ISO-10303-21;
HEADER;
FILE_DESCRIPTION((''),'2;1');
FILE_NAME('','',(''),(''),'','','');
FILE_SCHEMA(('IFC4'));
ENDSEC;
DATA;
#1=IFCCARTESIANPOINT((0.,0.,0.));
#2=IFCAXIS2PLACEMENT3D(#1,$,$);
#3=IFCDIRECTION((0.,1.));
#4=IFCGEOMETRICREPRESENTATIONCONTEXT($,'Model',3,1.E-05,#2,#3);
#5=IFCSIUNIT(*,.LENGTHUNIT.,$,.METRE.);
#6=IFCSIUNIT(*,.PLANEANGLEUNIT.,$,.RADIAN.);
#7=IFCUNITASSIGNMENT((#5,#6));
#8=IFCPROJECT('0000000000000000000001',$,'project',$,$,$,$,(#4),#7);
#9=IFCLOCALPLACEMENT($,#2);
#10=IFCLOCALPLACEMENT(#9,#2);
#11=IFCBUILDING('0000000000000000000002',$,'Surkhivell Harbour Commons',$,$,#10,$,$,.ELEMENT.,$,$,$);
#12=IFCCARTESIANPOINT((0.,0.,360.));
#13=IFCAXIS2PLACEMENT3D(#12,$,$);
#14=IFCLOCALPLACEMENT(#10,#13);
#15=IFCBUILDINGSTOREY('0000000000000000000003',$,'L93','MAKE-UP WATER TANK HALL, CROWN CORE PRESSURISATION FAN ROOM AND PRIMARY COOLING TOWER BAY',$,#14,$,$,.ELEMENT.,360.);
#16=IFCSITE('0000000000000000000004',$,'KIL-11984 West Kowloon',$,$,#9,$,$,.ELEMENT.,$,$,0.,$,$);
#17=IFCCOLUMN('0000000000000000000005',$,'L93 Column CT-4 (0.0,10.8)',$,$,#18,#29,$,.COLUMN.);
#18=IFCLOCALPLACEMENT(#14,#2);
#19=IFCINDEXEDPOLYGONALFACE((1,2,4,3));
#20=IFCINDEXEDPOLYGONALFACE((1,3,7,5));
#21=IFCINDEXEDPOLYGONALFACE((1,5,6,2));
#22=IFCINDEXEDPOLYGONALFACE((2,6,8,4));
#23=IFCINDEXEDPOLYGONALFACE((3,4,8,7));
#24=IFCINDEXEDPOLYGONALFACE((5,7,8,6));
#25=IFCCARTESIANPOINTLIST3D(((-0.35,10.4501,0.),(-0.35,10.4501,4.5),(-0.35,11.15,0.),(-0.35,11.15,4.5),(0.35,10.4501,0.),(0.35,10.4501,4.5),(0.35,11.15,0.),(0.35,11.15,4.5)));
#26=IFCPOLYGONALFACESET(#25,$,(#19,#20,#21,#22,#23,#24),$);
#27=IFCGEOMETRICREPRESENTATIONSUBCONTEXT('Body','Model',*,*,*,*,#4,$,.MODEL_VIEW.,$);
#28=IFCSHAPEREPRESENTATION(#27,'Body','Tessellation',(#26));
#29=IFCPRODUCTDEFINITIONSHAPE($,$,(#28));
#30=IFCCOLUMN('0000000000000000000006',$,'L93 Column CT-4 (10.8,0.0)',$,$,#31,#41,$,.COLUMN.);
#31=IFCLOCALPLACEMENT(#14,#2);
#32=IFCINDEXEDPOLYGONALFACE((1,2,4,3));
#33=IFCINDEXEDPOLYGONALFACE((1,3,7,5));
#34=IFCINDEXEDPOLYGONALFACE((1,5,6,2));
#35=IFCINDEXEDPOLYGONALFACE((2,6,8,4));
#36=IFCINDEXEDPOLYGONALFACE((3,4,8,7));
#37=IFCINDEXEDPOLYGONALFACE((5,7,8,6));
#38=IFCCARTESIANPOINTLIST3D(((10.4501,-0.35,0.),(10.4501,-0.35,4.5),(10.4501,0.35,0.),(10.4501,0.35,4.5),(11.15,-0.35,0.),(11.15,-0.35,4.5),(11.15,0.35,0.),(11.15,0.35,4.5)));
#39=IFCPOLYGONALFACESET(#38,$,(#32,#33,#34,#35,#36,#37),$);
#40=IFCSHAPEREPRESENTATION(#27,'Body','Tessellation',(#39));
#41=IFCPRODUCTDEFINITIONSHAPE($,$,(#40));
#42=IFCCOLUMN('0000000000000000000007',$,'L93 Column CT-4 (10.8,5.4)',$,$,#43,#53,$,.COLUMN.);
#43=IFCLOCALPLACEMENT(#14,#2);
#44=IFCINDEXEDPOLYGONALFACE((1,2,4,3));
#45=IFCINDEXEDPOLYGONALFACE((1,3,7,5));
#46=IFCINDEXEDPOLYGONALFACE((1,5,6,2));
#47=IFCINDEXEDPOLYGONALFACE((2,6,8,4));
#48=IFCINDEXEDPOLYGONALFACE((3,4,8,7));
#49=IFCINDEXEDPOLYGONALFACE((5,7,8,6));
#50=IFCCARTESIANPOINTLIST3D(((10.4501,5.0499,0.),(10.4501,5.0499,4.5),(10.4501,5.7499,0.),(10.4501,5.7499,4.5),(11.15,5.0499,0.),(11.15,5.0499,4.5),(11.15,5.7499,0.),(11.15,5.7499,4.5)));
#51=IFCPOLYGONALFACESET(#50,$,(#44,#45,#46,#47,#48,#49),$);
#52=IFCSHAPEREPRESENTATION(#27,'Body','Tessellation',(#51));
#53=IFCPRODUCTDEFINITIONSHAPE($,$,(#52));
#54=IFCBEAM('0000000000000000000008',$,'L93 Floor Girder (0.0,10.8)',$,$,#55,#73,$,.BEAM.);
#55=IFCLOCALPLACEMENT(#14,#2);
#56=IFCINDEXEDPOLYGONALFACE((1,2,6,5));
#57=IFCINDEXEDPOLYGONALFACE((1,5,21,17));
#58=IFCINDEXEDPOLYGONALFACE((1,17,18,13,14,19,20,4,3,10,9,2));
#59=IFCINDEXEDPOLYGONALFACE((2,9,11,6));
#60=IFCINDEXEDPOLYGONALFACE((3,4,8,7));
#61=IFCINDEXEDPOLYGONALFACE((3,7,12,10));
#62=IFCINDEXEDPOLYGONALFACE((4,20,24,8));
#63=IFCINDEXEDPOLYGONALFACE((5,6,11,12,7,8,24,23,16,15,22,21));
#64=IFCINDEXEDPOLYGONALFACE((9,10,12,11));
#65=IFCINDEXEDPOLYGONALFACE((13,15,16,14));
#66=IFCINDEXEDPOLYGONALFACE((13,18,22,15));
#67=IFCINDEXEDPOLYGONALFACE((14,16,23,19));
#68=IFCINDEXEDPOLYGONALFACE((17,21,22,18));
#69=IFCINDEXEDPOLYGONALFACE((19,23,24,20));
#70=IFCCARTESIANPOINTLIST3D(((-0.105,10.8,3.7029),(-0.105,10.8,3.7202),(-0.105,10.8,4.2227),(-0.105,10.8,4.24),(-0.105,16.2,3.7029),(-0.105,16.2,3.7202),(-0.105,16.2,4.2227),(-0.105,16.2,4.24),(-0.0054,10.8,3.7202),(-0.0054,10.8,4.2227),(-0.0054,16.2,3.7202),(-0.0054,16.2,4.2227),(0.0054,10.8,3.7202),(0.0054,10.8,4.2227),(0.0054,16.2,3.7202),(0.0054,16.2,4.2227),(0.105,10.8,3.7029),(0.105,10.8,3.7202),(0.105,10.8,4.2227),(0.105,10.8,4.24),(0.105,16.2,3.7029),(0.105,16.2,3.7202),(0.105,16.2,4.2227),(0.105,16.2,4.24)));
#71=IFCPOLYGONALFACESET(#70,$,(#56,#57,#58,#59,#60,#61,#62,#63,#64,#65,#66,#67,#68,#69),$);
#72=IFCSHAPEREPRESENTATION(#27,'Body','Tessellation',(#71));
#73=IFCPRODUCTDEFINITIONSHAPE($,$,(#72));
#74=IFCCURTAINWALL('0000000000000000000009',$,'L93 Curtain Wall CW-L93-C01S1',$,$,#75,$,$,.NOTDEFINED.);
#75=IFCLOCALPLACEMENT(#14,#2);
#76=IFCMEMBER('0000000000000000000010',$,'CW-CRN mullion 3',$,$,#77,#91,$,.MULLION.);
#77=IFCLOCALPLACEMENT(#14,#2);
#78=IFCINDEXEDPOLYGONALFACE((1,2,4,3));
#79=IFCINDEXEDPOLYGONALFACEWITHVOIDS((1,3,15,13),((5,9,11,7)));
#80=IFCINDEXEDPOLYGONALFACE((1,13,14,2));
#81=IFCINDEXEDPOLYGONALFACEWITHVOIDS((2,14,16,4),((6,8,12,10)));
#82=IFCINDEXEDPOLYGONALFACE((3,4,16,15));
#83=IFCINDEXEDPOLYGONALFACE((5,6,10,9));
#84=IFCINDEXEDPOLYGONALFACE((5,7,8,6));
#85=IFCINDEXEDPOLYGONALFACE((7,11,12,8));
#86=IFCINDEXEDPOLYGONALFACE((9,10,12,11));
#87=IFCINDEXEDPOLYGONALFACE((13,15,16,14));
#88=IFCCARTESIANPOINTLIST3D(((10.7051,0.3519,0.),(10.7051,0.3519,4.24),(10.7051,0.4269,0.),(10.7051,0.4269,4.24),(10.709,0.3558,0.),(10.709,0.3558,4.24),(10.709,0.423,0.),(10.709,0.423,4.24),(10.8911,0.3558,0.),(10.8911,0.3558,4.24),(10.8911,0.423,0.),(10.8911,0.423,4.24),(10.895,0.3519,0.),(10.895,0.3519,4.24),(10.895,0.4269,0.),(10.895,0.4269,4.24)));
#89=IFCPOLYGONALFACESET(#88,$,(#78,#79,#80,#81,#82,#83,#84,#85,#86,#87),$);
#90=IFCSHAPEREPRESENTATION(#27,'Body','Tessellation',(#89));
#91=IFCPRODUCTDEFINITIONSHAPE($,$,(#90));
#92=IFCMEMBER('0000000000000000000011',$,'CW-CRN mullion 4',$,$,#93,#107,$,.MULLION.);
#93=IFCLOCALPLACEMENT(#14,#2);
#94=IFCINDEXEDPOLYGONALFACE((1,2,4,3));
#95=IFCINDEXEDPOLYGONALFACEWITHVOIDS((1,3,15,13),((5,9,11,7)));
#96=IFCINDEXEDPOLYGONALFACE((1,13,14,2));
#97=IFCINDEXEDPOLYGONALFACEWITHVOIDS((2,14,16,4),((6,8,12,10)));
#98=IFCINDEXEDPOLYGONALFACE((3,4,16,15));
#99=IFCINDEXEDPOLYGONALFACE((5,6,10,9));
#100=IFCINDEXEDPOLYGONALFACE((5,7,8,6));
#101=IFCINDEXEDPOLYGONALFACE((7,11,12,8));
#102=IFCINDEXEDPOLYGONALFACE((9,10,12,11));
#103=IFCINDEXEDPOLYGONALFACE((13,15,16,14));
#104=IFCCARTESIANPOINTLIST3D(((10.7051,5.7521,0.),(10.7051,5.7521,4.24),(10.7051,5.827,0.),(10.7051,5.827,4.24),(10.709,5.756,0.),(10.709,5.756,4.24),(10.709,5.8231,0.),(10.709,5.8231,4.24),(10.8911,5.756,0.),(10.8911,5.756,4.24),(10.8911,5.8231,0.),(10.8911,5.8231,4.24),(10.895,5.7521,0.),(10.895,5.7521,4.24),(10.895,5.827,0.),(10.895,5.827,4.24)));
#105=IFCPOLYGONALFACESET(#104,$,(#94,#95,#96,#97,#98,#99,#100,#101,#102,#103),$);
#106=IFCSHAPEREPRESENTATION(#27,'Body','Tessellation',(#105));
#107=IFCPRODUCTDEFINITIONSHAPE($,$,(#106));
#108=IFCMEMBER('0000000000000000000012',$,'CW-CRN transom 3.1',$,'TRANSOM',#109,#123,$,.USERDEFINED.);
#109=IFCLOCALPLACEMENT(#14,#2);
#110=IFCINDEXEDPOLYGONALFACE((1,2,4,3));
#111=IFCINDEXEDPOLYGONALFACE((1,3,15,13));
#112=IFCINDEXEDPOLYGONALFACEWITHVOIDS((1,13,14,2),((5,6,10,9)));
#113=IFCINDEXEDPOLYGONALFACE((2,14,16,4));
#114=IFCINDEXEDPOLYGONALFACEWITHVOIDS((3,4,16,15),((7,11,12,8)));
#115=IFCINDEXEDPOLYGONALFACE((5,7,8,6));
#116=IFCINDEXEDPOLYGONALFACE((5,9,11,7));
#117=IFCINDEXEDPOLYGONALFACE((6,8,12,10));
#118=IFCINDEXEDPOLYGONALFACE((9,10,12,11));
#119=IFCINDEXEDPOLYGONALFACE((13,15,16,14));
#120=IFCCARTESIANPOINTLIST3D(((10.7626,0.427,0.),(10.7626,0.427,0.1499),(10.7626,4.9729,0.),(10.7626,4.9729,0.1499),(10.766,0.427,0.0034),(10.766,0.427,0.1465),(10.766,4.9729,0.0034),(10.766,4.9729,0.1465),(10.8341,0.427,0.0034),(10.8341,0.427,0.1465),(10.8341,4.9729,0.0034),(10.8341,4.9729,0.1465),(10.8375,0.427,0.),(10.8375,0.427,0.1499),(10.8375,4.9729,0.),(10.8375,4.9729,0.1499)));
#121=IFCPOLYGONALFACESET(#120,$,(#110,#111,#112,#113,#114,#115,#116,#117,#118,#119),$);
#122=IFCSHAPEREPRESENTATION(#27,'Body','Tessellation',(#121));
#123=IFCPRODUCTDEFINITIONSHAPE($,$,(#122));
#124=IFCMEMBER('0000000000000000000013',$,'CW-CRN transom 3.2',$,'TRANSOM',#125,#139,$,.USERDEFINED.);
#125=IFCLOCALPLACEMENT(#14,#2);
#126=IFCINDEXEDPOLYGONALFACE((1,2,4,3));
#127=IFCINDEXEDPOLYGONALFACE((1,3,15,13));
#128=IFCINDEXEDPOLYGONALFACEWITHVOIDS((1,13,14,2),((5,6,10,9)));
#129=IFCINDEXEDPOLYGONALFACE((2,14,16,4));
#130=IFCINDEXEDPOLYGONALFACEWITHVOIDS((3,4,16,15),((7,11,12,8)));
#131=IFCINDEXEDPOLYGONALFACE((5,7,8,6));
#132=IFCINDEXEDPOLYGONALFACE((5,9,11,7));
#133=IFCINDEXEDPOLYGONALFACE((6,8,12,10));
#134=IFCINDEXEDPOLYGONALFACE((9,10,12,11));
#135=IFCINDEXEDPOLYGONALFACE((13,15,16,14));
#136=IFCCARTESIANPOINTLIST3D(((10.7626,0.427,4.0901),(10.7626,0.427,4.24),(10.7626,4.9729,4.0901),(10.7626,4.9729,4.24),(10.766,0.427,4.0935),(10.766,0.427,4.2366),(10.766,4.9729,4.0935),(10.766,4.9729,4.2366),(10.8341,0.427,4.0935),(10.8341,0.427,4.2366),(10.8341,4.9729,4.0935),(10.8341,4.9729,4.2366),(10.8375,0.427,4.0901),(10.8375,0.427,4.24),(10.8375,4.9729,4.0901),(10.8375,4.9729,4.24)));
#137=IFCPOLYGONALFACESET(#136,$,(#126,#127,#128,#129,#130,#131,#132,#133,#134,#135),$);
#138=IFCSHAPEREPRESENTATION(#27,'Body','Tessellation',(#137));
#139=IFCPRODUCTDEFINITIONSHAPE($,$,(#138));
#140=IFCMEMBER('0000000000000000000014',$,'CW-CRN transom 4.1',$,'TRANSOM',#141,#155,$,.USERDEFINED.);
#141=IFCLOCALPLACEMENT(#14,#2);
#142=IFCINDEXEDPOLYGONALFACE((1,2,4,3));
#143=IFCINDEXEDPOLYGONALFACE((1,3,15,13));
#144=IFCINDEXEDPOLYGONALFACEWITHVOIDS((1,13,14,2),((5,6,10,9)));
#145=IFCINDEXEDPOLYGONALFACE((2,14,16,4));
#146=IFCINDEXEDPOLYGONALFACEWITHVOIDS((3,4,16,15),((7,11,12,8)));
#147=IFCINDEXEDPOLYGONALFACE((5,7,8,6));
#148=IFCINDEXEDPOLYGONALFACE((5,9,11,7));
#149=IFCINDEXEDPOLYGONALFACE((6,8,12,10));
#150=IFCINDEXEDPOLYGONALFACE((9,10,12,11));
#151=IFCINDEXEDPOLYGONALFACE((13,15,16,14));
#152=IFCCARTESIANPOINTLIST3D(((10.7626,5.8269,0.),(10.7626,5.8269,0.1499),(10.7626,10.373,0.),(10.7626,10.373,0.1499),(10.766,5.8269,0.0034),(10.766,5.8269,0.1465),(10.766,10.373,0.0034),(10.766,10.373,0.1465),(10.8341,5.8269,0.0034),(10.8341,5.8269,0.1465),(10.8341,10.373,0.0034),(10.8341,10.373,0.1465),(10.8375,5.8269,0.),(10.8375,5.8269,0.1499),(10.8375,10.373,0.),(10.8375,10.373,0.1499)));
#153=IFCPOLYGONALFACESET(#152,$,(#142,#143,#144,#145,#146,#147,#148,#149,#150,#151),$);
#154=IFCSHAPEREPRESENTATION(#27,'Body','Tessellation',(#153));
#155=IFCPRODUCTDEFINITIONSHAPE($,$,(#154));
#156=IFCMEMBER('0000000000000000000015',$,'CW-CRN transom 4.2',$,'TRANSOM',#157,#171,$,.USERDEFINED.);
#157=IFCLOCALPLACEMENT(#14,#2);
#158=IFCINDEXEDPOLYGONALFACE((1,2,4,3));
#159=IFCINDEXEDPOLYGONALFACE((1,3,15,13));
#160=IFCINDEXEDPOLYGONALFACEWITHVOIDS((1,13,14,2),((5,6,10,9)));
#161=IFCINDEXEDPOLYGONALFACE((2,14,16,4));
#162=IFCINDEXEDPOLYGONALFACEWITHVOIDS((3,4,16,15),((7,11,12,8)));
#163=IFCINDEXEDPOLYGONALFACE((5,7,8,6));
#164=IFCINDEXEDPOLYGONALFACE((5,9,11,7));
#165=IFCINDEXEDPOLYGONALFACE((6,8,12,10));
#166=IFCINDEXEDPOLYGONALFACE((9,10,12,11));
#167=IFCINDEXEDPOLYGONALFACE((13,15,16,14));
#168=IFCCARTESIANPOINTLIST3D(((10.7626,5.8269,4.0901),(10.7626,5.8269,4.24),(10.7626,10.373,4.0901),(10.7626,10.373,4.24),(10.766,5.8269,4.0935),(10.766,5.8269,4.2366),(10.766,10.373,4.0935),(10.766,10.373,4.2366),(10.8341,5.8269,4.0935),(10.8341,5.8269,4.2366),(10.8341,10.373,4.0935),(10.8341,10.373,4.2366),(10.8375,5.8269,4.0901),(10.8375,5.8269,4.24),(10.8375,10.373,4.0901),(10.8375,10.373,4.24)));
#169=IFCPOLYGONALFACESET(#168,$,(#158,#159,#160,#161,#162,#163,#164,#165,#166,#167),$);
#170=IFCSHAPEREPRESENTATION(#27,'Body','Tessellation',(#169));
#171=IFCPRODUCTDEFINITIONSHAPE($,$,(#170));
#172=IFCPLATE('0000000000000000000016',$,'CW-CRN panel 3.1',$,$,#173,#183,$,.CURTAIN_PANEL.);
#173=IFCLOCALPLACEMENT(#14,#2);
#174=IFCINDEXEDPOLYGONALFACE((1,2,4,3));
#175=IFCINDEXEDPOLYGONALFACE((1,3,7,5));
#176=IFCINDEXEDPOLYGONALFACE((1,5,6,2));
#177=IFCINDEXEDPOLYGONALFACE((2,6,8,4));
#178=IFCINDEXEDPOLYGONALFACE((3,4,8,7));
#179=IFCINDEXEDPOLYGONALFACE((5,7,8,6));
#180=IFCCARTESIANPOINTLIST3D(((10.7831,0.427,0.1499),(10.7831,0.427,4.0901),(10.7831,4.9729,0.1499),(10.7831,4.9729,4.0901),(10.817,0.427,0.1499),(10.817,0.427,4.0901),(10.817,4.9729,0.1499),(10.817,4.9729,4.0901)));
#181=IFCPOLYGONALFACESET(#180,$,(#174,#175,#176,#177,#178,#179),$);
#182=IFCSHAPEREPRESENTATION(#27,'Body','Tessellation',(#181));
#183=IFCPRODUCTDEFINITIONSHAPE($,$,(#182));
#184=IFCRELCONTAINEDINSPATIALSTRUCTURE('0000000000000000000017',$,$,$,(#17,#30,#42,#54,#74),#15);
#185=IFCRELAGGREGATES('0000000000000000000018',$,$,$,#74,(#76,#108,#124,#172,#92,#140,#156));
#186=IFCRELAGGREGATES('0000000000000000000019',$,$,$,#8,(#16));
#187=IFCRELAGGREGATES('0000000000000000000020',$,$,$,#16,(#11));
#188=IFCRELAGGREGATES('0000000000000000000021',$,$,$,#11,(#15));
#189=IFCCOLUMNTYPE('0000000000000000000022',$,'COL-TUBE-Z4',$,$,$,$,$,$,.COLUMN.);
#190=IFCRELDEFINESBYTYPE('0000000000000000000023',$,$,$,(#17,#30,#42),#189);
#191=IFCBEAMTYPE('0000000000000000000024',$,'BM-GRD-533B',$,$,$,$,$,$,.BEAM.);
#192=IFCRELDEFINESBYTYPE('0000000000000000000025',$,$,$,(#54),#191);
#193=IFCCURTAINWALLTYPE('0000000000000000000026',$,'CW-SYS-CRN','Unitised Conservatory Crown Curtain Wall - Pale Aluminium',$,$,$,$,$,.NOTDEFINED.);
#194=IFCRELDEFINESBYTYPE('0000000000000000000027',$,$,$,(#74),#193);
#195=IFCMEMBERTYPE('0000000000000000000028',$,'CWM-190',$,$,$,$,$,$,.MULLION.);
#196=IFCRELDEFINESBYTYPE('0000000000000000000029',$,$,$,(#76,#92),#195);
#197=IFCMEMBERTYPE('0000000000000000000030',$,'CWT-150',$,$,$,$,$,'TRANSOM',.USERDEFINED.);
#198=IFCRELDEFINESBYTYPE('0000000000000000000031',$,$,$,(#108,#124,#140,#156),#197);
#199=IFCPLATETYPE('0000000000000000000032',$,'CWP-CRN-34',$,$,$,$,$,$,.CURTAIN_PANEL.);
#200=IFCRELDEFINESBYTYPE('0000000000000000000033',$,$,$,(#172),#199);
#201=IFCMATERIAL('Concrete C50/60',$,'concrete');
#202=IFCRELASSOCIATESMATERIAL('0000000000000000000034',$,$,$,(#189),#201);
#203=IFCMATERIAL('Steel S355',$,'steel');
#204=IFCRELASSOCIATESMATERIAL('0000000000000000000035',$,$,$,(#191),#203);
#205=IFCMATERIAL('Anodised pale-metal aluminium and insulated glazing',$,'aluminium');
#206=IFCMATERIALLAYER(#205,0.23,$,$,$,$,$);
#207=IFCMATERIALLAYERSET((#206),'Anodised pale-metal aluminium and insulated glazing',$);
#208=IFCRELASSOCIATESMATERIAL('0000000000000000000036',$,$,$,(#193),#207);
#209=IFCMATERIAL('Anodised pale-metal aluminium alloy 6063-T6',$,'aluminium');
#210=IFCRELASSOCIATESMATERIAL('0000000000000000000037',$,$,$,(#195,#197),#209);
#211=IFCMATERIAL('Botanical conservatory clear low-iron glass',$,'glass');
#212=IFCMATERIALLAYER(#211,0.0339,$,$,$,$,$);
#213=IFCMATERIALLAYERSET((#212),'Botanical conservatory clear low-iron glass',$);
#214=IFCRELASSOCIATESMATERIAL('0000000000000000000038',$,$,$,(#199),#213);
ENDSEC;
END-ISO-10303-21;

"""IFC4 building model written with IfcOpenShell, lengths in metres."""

from ifc_helpers import new_model, si_unit, direction, frame, frame_2d, origin, origin_2d, place, context, subcontext, project, spatial, rectangle, hollow_rectangle, i_section, extrude, material, layer, layer_set, material_profile, profile_set, type_object, element, aggregate, save


model = new_model("IFC4")

# Units and contexts
model_context = context("Model", 3, precision=1e-05, world=origin(), true_north=direction((0.0, 1.0)))
body_context = subcontext(model_context, "Body", "Model", "MODEL_VIEW")
ifc_project = project(units=[si_unit("LENGTHUNIT", "METRE"), si_unit("PLANEANGLEUNIT", "RADIAN")], contexts=[model_context])

# Site, building, storey
site_placement = place(None, origin())
site = spatial("IfcSite", under=ifc_project, at=site_placement, Name="KIL-11984 West Kowloon", CompositionType="ELEMENT", RefElevation=0.0)
building_placement = place(site_placement, origin())
building = spatial("IfcBuilding", under=site, at=building_placement, Name="Surkhivell Harbour Commons", CompositionType="ELEMENT")
storey_placement = place(building_placement, frame((0.0, 0.0, 360.0)))
storey = spatial("IfcBuildingStorey", under=building, at=storey_placement, Name="L93", Description="MAKE-UP WATER TANK HALL, CROWN CORE PRESSURISATION FAN ROOM AND PRIMARY COOLING TOWER BAY", CompositionType="ELEMENT", Elevation=360.0)

# Columns
ifc_material_1 = material(Name="Concrete C50/60", Category="concrete")
ifc_material_profile_1 = material_profile(ifc_material_1, rectangle(XDim=0.7, YDim=0.7, at=origin_2d()), Name="RC-COL-700x700")
ifc_profile_set_1 = profile_set([ifc_material_profile_1], Name="Concrete C50/60")
column_type = type_object("IfcColumnType", Name="COL-TUBE-Z4", PredefinedType="COLUMN", material=ifc_profile_set_1)
for number, where, z_axis, x_axis, name in (
    (1, (0.0, 10.8, 0.0), (0.0, 0.0, 1.0), (1.0, 0.0, 0.0), "L93 Column CT-4 (0.0,10.8)"),
    (2, (10.8, 0.0, 0.0), (0.0, 0.0, 1.0), (1.0, 0.0, 0.0), "L93 Column CT-4 (10.8,0.0)"),
    (3, (10.8, 5.3999, 0.0), (0.0, 0.0, 1.0), (1.0, 0.0, 0.0), "L93 Column CT-4 (10.8,5.4)"),
):
    element("IfcColumn", number, at=place(storey_placement, frame(where, z_axis=z_axis, x_axis=x_axis)), inside=storey, type_object=column_type, Name=name, PredefinedType="COLUMN", context=body_context, shape_type="SweptSolid", body=[
        extrude(rectangle(XDim=0.7, YDim=0.7, at=origin_2d()), origin(), (0.0, 0.0, 1.0), 4.5),
    ])

# Beam
ifc_material_2 = material(Name="Steel S355", Category="steel")
ifc_material_profile_2 = material_profile(ifc_material_2, i_section(OverallWidth=0.21, OverallDepth=0.5371, WebThickness=0.0107, FlangeThickness=0.0173, at=origin_2d()), Name="UB533x210x101")
ifc_profile_set_2 = profile_set([ifc_material_profile_2], Name="Steel S355")
beam_type = type_object("IfcBeamType", Name="BM-GRD-533B", PredefinedType="BEAM", material=ifc_profile_set_2)
beam_placement = place(storey_placement, frame((0.0, 10.8, 3.9714), z_axis=(0.0, 1.0, 0.0), x_axis=(-1.0, 0.0, 0.0)))
element("IfcBeam", 4, at=beam_placement, inside=storey, type_object=beam_type, Name="L93 Floor Girder (0.0,10.8)", PredefinedType="BEAM", context=body_context, shape_type="SweptSolid", body=[
    extrude(i_section(OverallWidth=0.21, OverallDepth=0.5371, WebThickness=0.0107, FlangeThickness=0.0173, at=origin_2d()), origin(), (0.0, 0.0, 1.0), 5.3999),
])

# Curtain wall, members, plate
ifc_material_3 = material(Name="Anodised pale-metal aluminium and insulated glazing", Category="aluminium")
ifc_layer_1 = layer(ifc_material_3, 0.23)
ifc_layer_set_1 = layer_set([ifc_layer_1], Name="Anodised pale-metal aluminium and insulated glazing")
curtain_wall_type = type_object("IfcCurtainWallType", Name="CW-SYS-CRN", Description="Unitised Conservatory Crown Curtain Wall - Pale Aluminium", PredefinedType="NOTDEFINED", material=ifc_layer_set_1)
curtain_wall_placement = place(storey_placement, origin())
curtain_wall = element("IfcCurtainWall", 5, at=curtain_wall_placement, inside=storey, type_object=curtain_wall_type, Name="L93 Curtain Wall CW-L93-C01S1", PredefinedType="NOTDEFINED")
ifc_material_4 = material(Name="Anodised pale-metal aluminium alloy 6063-T6", Category="aluminium")
ifc_material_profile_3 = material_profile(ifc_material_4, hollow_rectangle(XDim=0.075, YDim=0.1899, WallThickness=0.0039, at=origin_2d()), Name="ALU-MULL-75x190")
ifc_profile_set_3 = profile_set([ifc_material_profile_3], Name="Anodised pale-metal aluminium alloy 6063-T6")
member_type_1 = type_object("IfcMemberType", Name="CWM-190", PredefinedType="MULLION", material=ifc_profile_set_3)
member_1_placement = place(storey_placement, frame((10.8, 0.3894, 0.0), z_axis=(0.0, 0.0, 1.0), x_axis=(0.0, 1.0, 0.0)))
member_1 = element("IfcMember", 6, at=member_1_placement, type_object=member_type_1, Name="CW-CRN mullion 3", PredefinedType="MULLION", context=body_context, shape_type="SweptSolid", body=[
    extrude(hollow_rectangle(XDim=0.075, YDim=0.1899, WallThickness=0.0039, at=origin_2d()), origin(), (0.0, 0.0, 1.0), 4.24),
])
member_2_placement = place(storey_placement, frame((10.8, 5.7896, 0.0), z_axis=(0.0, 0.0, 1.0), x_axis=(0.0, 1.0, 0.0)))
member_2 = element("IfcMember", 7, at=member_2_placement, type_object=member_type_1, Name="CW-CRN mullion 4", PredefinedType="MULLION", context=body_context, shape_type="SweptSolid", body=[
    extrude(hollow_rectangle(XDim=0.075, YDim=0.1899, WallThickness=0.0039, at=origin_2d()), origin(), (0.0, 0.0, 1.0), 4.24),
])
ifc_material_profile_4 = material_profile(ifc_material_4, hollow_rectangle(XDim=0.075, YDim=0.1499, WallThickness=0.0034, at=origin_2d()), Name="ALU-TRAN-75x150")
ifc_profile_set_4 = profile_set([ifc_material_profile_4], Name="Anodised pale-metal aluminium alloy 6063-T6")
member_type_2 = type_object("IfcMemberType", Name="CWT-150", ElementType="TRANSOM", PredefinedType="USERDEFINED", material=ifc_profile_set_4)
member_3_placement = place(storey_placement, frame((10.8, 0.427, 0.075), z_axis=(0.0, 1.0, 0.0), x_axis=(-1.0, 0.0, 0.0)))
member_3 = element("IfcMember", 8, at=member_3_placement, type_object=member_type_2, Name="CW-CRN transom 3.1", ObjectType="TRANSOM", PredefinedType="USERDEFINED", context=body_context, shape_type="SweptSolid", body=[
    extrude(hollow_rectangle(XDim=0.075, YDim=0.1499, WallThickness=0.0034, at=origin_2d()), origin(), (0.0, 0.0, 1.0), 4.5459),
])
member_4_placement = place(storey_placement, frame((10.8, 0.427, 4.165), z_axis=(0.0, 1.0, 0.0), x_axis=(-1.0, 0.0, 0.0)))
member_4 = element("IfcMember", 9, at=member_4_placement, type_object=member_type_2, Name="CW-CRN transom 3.2", ObjectType="TRANSOM", PredefinedType="USERDEFINED", context=body_context, shape_type="SweptSolid", body=[
    extrude(hollow_rectangle(XDim=0.075, YDim=0.1499, WallThickness=0.0034, at=origin_2d()), origin(), (0.0, 0.0, 1.0), 4.5459),
])
member_5_placement = place(storey_placement, frame((10.8, 5.8269, 0.075), z_axis=(0.0, 1.0, 0.0), x_axis=(-1.0, 0.0, 0.0)))
member_5 = element("IfcMember", 10, at=member_5_placement, type_object=member_type_2, Name="CW-CRN transom 4.1", ObjectType="TRANSOM", PredefinedType="USERDEFINED", context=body_context, shape_type="SweptSolid", body=[
    extrude(hollow_rectangle(XDim=0.075, YDim=0.1499, WallThickness=0.0034, at=origin_2d()), origin(), (0.0, 0.0, 1.0), 4.5461),
])
member_6_placement = place(storey_placement, frame((10.8, 5.8269, 4.165), z_axis=(0.0, 1.0, 0.0), x_axis=(-1.0, 0.0, 0.0)))
member_6 = element("IfcMember", 11, at=member_6_placement, type_object=member_type_2, Name="CW-CRN transom 4.2", ObjectType="TRANSOM", PredefinedType="USERDEFINED", context=body_context, shape_type="SweptSolid", body=[
    extrude(hollow_rectangle(XDim=0.075, YDim=0.1499, WallThickness=0.0034, at=origin_2d()), origin(), (0.0, 0.0, 1.0), 4.5461),
])
ifc_material_5 = material(Name="Botanical conservatory clear low-iron glass", Category="glass")
ifc_layer_2 = layer(ifc_material_5, 0.0339)
ifc_layer_set_2 = layer_set([ifc_layer_2], Name="Botanical conservatory clear low-iron glass")
plate_type = type_object("IfcPlateType", Name="CWP-CRN-34", PredefinedType="CURTAIN_PANEL", material=ifc_layer_set_2)
plate_1_placement = place(storey_placement, frame((10.8, 0.427, 0.1499), z_axis=(0.0, 0.0, 1.0), x_axis=(0.0, 1.0, 0.0)))
plate_1 = element("IfcPlate", 12, at=plate_1_placement, type_object=plate_type, Name="CW-CRN panel 3.1", PredefinedType="CURTAIN_PANEL", context=body_context, shape_type="SweptSolid", body=[
    extrude(rectangle(XDim=4.5459, YDim=0.0339, at=frame_2d((2.2729, 0.0))), origin(), (0.0, 0.0, 1.0), 3.9402),
])
aggregate(curtain_wall, [member_1, member_3, member_4, plate_1, member_2, member_5, member_6])

save(model, "model.ifc")
